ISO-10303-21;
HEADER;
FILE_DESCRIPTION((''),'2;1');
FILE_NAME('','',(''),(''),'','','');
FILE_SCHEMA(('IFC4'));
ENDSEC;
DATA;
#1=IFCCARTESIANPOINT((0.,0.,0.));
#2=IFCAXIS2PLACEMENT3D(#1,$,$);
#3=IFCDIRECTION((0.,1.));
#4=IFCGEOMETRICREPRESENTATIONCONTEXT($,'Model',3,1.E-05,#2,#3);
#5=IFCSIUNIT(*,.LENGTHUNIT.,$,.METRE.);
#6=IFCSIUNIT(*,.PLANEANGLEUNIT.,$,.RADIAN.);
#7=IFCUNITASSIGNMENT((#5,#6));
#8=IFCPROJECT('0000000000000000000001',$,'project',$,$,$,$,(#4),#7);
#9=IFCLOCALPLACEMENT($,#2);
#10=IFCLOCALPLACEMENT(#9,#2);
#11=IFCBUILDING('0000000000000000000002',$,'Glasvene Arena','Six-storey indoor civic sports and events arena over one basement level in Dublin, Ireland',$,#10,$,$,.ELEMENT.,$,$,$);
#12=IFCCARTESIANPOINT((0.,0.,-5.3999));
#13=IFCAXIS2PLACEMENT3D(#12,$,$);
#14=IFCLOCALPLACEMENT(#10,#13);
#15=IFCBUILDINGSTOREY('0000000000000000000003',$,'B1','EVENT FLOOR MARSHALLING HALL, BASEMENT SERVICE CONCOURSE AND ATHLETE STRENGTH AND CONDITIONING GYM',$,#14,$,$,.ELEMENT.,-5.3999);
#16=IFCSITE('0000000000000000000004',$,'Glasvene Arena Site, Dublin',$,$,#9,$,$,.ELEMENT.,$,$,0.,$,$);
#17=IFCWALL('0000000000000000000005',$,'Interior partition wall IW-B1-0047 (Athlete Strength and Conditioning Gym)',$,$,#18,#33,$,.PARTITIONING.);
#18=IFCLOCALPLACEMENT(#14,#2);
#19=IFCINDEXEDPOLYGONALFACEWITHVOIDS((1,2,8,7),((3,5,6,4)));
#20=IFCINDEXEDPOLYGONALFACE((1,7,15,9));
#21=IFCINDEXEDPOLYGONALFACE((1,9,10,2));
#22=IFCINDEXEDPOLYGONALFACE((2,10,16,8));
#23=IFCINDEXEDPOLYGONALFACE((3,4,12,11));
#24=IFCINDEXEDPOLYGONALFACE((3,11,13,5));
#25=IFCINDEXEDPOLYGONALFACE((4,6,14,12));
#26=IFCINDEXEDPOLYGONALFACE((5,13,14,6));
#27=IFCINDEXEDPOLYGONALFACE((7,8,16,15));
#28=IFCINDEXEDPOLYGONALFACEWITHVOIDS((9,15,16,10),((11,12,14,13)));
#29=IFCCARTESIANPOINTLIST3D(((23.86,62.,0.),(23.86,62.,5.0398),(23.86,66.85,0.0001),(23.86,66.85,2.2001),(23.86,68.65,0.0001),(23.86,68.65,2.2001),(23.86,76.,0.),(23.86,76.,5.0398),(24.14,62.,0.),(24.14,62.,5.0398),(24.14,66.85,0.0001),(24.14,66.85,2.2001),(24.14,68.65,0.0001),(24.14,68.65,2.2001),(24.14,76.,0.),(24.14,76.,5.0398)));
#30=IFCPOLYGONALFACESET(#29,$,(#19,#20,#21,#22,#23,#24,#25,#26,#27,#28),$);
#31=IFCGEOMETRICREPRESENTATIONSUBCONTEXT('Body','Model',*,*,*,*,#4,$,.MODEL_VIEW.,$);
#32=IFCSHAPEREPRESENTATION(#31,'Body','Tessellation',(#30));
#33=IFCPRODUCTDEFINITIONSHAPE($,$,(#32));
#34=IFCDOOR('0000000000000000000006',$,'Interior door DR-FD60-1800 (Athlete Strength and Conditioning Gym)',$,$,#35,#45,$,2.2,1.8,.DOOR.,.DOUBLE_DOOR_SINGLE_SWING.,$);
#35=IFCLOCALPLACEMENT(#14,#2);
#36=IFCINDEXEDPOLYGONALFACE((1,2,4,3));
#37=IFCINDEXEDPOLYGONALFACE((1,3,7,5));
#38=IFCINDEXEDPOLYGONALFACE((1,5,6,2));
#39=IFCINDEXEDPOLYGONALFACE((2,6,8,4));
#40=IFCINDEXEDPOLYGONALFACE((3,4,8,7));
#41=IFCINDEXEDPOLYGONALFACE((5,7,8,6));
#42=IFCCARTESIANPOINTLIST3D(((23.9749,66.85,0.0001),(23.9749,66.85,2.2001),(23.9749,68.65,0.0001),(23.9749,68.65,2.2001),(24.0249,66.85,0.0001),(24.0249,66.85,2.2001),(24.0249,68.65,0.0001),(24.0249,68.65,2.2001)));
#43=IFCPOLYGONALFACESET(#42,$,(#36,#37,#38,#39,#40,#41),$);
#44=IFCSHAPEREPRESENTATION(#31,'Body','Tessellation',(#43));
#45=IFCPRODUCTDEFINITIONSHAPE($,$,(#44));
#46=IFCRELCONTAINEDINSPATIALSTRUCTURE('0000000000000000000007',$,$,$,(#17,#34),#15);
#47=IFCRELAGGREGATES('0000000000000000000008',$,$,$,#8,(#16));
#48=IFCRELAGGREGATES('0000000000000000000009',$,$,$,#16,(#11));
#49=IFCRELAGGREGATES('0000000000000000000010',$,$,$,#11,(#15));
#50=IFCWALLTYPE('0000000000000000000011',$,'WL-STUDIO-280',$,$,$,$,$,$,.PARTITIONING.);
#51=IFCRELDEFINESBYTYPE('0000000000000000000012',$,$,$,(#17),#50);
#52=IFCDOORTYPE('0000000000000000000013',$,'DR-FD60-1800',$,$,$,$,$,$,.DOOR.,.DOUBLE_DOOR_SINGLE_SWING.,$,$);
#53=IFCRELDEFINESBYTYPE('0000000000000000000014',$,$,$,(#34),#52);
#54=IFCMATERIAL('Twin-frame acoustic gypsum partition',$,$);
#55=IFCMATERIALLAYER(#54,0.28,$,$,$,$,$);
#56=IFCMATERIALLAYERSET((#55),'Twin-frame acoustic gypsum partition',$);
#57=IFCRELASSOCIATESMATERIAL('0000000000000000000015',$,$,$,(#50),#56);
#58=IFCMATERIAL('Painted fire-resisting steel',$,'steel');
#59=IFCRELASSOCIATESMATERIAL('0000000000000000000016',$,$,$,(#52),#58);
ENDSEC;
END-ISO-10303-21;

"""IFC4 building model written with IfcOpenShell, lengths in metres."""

from ifc_helpers import new_model, si_unit, direction, frame, frame_2d, origin, place, context, subcontext, project, spatial, rectangle, extrude, material, layer, layer_set, type_object, element, fill, save


model = new_model("IFC4")

# Units and contexts
model_context = context("Model", 3, precision=1e-05, world=origin(), true_north=direction((0.0, 1.0)))
body_context = subcontext(model_context, "Body", "Model", "MODEL_VIEW")
ifc_project = project(units=[si_unit("LENGTHUNIT", "METRE"), si_unit("PLANEANGLEUNIT", "RADIAN")], contexts=[model_context])

# Site, building, storey
site_placement = place(None, origin())
site = spatial("IfcSite", under=ifc_project, at=site_placement, Name="Glasvene Arena Site, Dublin", CompositionType="ELEMENT", RefElevation=0.0)
building_placement = place(site_placement, origin())
building = spatial("IfcBuilding", under=site, at=building_placement, Name="Glasvene Arena", Description="Six-storey indoor civic sports and events arena over one basement level in Dublin, Ireland", CompositionType="ELEMENT")
storey_placement = place(building_placement, frame((0.0, 0.0, -5.3999)))
storey = spatial("IfcBuildingStorey", under=building, at=storey_placement, Name="B1", Description="EVENT FLOOR MARSHALLING HALL, BASEMENT SERVICE CONCOURSE AND ATHLETE STRENGTH AND CONDITIONING GYM", CompositionType="ELEMENT", Elevation=-5.3999)

# Shared definitions
ifc_material_1 = material(Name="Painted fire-resisting steel", Category="steel")

# Wall, opening, door
ifc_material_2 = material(Name="Twin-frame acoustic gypsum partition")
ifc_layer_1 = layer(ifc_material_2, 0.28)
ifc_layer_set_1 = layer_set([ifc_layer_1], Name="Twin-frame acoustic gypsum partition")
wall_type_1 = type_object("IfcWallType", Name="WL-STUDIO-280", PredefinedType="PARTITIONING", material=ifc_layer_set_1)
wall_1_placement = place(storey_placement, frame((24.0, 76.0, 0.0), z_axis=(0.0, 0.0, 1.0), x_axis=(0.0, -1.0, 0.0)))
wall_1 = element("IfcWall", 1, at=wall_1_placement, inside=storey, type_object=wall_type_1, Name="Interior partition wall IW-B1-0047 (Athlete Strength and Conditioning Gym)", PredefinedType="PARTITIONING", context=body_context, shape_type="SweptSolid", body=[
    extrude(rectangle(XDim=14.0, YDim=0.28, at=frame_2d((7.0, 0.0))), origin(), (0.0, 0.0, 1.0), 5.0398),
])
opening_1_placement = place(wall_1_placement, frame((7.3501, 0.0, 0.0)))
opening_1 = element("IfcOpeningElement", 2, at=opening_1_placement, cuts=wall_1, PredefinedType="OPENING", context=body_context, shape_type="SweptSolid", body=[
    extrude(rectangle(XDim=1.8, YDim=2.2, at=frame_2d((0.8999, 1.1001))), frame((0.0, 0.1499, 0.0), z_axis=(0.0, -1.0, 0.0), x_axis=(1.0, 0.0, 0.0)), (0.0, 0.0, 1.0), 0.3),
])
door_type_1 = type_object("IfcDoorType", Name="DR-FD60-1800", OperationType="DOUBLE_DOOR_SINGLE_SWING", PredefinedType="DOOR", material=ifc_material_1)
door_1_placement = place(opening_1_placement, origin())
door_1 = element("IfcDoor", 3, at=door_1_placement, inside=storey, type_object=door_type_1, Name="Interior door DR-FD60-1800 (Athlete Strength and Conditioning Gym)", OperationType="DOUBLE_DOOR_SINGLE_SWING", OverallHeight=2.2, OverallWidth=1.8, PredefinedType="DOOR", context=body_context, shape_type="SweptSolid", body=[
    extrude(rectangle(XDim=1.8, YDim=2.2, at=frame_2d((0.8999, 1.1001))), frame((0.0, 0.0249, 0.0), z_axis=(0.0, -1.0, 0.0), x_axis=(1.0, 0.0, 0.0)), (0.0, 0.0, 1.0), 0.05),
])
fill(opening_1, door_1)

save(model, "model.ifc")
